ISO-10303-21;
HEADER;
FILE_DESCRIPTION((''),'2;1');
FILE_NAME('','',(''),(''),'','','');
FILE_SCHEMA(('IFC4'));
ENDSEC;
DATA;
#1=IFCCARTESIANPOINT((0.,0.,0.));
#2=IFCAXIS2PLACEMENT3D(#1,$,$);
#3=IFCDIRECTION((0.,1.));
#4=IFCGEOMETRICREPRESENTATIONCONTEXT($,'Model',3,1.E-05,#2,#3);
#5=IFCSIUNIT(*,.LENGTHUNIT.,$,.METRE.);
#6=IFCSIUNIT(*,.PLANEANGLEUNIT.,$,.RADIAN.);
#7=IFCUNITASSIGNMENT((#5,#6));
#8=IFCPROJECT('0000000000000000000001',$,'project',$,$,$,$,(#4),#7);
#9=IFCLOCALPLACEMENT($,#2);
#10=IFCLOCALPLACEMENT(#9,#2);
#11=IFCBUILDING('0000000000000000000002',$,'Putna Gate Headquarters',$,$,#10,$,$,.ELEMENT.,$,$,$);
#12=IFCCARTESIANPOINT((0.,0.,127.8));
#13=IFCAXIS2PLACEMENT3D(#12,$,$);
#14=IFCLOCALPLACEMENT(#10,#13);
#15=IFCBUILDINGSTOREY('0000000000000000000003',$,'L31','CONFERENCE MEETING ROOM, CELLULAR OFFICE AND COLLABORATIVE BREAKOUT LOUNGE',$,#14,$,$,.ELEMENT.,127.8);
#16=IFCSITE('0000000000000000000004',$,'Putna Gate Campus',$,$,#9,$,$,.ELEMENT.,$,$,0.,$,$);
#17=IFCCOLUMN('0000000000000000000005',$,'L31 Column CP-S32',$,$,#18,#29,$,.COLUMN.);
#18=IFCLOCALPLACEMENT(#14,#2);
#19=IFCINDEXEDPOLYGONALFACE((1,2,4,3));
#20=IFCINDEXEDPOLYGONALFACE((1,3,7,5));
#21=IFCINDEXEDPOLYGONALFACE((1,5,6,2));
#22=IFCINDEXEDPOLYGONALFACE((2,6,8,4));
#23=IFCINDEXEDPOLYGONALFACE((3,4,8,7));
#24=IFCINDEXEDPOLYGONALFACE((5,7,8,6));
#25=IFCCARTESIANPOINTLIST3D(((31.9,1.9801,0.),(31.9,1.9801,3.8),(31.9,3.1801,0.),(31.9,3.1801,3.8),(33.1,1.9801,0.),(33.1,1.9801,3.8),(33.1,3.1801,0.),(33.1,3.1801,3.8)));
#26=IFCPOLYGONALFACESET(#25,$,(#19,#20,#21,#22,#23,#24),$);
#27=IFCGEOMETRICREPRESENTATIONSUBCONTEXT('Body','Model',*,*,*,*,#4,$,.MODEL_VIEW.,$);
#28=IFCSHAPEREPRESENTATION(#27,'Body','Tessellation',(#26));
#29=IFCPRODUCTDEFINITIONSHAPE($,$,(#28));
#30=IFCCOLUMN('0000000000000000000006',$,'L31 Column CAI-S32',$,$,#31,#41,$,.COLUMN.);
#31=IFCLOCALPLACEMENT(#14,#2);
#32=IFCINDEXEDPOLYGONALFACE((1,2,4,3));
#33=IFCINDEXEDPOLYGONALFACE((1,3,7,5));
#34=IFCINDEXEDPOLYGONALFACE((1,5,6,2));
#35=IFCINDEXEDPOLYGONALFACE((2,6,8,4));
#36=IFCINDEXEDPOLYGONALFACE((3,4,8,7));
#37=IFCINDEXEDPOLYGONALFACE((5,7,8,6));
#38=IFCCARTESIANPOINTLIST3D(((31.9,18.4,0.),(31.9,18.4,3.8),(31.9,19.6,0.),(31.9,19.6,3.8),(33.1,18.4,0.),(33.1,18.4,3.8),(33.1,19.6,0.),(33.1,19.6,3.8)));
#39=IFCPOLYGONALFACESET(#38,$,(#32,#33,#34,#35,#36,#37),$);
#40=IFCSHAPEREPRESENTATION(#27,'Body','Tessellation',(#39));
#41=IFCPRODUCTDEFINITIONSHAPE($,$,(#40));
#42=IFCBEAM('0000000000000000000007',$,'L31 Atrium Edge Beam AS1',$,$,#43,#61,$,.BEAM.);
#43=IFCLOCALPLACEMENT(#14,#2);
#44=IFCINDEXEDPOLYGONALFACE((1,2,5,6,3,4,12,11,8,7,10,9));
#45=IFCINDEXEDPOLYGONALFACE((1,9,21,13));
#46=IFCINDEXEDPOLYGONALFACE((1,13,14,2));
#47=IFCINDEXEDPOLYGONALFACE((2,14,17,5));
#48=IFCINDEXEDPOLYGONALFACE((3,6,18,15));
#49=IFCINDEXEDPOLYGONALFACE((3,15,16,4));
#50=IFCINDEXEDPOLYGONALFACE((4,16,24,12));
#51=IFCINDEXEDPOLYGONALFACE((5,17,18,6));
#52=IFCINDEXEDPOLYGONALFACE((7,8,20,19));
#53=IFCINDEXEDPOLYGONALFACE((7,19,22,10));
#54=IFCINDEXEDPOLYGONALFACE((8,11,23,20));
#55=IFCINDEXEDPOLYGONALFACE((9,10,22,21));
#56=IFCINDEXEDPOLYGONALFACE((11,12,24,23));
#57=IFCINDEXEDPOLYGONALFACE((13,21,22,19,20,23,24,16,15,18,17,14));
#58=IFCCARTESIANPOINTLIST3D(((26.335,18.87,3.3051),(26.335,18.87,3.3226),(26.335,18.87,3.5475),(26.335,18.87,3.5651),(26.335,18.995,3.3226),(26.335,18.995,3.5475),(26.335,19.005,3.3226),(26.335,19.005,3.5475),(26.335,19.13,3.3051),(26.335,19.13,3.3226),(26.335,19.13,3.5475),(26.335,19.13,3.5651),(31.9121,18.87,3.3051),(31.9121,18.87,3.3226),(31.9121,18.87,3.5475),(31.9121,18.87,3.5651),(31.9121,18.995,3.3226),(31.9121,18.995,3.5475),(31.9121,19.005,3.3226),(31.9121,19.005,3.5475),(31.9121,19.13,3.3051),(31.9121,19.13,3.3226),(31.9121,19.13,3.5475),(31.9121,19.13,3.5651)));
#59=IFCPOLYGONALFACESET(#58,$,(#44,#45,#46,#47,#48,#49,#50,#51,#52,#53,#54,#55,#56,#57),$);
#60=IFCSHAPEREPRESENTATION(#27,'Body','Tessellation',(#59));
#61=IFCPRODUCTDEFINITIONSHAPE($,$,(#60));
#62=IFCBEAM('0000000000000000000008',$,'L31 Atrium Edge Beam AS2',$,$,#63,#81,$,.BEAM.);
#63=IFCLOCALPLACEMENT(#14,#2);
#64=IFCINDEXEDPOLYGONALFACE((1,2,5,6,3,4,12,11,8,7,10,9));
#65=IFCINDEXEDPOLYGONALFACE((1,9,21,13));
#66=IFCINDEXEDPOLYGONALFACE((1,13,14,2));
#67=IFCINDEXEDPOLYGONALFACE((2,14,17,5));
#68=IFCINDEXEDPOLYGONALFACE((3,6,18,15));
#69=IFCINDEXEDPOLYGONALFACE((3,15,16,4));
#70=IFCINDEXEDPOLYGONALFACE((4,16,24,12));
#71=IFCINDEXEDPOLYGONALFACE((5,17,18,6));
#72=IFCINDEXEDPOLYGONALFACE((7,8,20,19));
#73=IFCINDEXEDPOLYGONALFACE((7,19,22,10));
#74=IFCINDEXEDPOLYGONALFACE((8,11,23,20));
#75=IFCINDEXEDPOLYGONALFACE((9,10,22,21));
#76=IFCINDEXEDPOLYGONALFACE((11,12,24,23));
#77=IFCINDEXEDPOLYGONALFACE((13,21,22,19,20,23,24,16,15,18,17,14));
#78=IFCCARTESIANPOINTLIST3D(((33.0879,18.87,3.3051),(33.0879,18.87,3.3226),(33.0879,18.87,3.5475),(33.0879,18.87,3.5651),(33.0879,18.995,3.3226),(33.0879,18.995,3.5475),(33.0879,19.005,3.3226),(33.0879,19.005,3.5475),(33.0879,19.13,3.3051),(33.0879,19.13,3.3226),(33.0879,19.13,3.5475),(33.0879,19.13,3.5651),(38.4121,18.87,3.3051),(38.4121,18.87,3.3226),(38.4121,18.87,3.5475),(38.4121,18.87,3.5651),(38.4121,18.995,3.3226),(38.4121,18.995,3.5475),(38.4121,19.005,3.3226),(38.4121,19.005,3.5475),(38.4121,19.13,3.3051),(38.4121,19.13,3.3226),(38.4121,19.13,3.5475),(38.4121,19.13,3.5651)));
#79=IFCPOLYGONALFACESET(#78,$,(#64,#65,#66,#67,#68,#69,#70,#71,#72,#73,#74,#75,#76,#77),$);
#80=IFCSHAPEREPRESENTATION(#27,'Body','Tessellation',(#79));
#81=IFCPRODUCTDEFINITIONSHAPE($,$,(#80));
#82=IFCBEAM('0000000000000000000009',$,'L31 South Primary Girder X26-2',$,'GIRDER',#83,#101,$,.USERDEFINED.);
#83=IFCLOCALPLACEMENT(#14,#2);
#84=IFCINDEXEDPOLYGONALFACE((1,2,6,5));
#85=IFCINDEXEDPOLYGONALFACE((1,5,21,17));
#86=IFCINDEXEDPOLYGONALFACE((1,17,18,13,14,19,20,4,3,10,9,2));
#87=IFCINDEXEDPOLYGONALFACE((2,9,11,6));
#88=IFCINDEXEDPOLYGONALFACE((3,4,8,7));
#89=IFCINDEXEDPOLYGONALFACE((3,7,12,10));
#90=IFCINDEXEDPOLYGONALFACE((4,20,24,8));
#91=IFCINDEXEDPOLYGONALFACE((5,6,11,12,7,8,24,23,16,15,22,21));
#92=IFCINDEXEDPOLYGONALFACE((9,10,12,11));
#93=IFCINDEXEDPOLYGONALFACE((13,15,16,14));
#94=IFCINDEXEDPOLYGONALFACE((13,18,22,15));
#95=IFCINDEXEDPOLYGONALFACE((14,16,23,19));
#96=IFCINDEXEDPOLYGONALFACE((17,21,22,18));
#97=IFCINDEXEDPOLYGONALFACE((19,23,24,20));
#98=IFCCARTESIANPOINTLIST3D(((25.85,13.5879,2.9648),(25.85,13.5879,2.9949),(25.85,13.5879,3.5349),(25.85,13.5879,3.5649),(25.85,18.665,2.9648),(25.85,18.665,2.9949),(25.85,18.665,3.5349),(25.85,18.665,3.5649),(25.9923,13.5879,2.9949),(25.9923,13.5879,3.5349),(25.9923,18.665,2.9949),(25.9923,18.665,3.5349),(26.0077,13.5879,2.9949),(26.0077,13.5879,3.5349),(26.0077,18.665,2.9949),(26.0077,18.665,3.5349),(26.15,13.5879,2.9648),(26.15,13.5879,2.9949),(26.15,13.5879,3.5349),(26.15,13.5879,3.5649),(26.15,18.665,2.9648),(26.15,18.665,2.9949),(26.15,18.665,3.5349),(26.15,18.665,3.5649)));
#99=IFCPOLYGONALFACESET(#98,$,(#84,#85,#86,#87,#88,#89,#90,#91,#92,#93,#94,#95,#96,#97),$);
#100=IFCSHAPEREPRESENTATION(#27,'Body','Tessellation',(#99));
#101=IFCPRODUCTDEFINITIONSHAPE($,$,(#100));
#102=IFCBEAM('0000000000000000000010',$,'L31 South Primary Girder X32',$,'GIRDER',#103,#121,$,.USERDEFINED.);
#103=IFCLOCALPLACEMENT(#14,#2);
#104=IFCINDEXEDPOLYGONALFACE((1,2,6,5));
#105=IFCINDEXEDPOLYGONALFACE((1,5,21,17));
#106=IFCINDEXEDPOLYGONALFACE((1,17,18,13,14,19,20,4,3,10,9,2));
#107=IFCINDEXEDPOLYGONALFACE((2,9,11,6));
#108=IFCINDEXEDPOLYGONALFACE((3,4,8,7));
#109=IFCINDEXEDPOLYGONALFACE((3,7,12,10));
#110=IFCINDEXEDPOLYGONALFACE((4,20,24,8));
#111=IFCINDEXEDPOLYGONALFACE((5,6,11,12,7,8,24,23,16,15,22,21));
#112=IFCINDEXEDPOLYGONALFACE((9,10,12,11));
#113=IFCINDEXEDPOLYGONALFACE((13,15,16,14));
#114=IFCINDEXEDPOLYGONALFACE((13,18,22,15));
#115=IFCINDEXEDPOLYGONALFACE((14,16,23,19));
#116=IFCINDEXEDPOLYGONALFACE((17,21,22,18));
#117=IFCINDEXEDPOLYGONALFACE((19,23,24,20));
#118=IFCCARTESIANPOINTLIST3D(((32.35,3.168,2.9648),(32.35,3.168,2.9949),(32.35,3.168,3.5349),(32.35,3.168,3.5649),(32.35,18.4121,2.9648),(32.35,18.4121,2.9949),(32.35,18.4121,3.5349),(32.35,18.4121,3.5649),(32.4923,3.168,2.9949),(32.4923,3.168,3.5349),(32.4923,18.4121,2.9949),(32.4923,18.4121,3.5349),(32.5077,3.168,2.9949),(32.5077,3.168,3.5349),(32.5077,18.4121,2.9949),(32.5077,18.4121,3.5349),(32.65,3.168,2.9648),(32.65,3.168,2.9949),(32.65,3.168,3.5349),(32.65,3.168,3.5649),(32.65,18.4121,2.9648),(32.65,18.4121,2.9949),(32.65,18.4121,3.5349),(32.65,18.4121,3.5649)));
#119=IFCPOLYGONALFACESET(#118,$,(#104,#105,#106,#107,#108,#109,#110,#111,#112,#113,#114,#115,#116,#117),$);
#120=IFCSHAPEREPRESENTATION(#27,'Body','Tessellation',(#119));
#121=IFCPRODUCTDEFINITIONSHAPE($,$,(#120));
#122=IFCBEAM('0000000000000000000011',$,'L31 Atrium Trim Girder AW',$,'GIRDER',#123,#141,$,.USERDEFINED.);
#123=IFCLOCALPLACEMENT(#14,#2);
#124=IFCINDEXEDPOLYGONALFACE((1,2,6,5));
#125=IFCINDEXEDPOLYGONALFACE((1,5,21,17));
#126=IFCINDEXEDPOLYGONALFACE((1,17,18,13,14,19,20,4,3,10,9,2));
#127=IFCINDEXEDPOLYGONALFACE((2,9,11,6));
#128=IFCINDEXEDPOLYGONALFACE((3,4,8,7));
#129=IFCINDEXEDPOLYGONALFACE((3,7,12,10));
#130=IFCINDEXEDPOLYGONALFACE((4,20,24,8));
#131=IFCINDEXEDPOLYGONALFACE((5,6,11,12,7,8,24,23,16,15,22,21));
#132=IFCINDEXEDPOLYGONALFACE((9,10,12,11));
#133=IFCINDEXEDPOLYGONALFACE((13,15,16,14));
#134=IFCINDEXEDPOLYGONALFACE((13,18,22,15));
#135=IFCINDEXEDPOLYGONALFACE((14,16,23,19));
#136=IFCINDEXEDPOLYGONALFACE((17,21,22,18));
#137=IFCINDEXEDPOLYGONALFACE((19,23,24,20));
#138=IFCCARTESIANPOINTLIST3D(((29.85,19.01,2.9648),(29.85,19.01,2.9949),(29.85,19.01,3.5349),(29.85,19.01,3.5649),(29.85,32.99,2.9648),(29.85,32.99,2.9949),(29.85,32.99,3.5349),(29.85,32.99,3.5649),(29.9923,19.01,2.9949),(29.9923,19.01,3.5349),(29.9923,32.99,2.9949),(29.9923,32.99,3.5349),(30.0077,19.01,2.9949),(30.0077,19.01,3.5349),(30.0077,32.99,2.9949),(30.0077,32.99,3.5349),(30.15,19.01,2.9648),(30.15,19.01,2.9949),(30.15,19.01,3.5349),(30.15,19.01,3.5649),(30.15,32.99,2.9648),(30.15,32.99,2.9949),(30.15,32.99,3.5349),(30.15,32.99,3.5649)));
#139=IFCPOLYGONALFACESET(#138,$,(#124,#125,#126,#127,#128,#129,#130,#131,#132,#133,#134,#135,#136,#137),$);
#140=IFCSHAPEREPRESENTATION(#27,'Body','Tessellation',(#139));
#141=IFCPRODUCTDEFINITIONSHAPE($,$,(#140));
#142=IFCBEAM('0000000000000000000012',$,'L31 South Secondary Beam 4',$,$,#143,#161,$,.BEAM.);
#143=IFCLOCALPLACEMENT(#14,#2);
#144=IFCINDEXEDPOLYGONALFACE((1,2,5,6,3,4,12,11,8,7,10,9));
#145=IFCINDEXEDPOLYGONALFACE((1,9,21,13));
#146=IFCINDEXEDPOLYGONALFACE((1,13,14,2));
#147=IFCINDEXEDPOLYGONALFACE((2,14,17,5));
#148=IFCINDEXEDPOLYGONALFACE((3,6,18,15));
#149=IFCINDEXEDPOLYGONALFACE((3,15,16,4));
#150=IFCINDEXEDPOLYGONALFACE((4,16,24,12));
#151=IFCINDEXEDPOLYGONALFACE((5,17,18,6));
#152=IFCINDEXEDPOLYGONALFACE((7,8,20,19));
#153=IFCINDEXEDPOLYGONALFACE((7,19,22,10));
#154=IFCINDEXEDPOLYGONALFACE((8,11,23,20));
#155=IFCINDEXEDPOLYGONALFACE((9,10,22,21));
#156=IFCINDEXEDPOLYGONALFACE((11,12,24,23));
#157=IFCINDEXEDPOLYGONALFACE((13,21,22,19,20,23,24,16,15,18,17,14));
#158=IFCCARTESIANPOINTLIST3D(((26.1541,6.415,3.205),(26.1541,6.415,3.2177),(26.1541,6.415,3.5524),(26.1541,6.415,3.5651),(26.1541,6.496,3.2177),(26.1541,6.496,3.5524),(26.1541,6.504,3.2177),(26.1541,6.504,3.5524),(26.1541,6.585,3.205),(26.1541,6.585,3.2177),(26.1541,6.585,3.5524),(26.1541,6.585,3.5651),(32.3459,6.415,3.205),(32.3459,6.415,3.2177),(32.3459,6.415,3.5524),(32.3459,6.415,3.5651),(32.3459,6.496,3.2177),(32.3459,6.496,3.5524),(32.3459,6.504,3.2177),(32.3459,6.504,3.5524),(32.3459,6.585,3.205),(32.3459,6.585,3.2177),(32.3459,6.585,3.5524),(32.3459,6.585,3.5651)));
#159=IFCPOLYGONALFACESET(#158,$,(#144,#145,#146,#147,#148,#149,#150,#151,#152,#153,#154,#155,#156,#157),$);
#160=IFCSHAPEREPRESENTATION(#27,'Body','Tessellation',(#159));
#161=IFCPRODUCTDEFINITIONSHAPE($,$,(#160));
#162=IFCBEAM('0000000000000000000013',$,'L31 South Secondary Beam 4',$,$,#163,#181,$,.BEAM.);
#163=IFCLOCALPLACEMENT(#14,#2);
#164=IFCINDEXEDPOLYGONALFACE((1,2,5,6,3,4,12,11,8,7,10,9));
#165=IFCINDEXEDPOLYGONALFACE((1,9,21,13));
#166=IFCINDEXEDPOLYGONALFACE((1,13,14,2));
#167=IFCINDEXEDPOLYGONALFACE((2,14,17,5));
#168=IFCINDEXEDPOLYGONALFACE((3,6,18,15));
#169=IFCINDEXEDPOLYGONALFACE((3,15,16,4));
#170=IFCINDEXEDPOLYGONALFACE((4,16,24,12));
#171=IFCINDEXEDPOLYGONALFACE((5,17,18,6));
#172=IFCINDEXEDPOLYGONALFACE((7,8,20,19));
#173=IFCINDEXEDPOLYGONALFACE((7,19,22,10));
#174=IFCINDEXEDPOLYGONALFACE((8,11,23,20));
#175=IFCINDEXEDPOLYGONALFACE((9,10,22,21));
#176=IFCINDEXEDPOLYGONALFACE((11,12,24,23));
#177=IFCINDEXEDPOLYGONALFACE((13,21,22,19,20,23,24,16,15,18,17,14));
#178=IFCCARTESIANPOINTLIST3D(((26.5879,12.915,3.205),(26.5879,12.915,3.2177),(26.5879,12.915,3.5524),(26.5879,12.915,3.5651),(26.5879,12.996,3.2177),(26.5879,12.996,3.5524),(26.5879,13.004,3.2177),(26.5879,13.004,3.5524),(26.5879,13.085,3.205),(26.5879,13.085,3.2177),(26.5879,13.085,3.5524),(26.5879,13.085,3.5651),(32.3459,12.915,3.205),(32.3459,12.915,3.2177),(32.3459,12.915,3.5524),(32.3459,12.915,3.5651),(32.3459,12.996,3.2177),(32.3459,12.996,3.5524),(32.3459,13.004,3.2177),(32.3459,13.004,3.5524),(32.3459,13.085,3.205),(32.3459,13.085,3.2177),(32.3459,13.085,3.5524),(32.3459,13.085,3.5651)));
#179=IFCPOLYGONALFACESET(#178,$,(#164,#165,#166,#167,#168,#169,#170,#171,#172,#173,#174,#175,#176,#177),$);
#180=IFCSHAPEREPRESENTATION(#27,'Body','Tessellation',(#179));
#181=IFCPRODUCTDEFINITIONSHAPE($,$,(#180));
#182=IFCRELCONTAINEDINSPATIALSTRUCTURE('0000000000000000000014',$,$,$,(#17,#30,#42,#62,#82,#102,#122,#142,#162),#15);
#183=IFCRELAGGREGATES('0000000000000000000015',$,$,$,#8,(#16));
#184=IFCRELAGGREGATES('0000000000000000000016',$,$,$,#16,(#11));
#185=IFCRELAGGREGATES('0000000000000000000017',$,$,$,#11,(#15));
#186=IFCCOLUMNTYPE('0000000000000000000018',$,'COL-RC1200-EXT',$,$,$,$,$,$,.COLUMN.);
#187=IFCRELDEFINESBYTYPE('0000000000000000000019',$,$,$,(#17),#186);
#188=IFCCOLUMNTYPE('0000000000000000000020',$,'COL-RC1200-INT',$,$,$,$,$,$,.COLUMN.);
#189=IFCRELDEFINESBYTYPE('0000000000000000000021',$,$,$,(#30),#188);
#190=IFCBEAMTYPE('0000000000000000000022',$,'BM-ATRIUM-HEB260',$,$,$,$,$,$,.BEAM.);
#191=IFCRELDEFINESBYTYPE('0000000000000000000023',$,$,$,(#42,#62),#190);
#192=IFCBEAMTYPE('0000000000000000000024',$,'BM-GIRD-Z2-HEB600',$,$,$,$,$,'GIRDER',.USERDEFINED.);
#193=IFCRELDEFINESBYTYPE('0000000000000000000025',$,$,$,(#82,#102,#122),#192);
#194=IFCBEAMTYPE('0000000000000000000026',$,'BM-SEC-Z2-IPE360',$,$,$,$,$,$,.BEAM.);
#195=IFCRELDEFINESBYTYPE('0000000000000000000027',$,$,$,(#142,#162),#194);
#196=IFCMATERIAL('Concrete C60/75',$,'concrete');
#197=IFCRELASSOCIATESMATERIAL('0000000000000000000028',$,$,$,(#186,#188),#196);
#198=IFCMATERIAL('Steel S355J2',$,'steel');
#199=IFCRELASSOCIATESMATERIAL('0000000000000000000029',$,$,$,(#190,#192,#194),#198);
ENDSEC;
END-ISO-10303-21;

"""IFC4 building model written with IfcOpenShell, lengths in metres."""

from ifc_helpers import new_model, si_unit, direction, frame, origin, origin_2d, place, context, subcontext, project, spatial, rectangle, i_section, extrude, material, material_profile, profile_set, type_object, element, save


model = new_model("IFC4")

# Units and contexts
model_context = context("Model", 3, precision=1e-05, world=origin(), true_north=direction((0.0, 1.0)))
body_context = subcontext(model_context, "Body", "Model", "MODEL_VIEW")
ifc_project = project(units=[si_unit("LENGTHUNIT", "METRE"), si_unit("PLANEANGLEUNIT", "RADIAN")], contexts=[model_context])

# Site, building, storey
site_placement = place(None, origin())
site = spatial("IfcSite", under=ifc_project, at=site_placement, Name="Putna Gate Campus", CompositionType="ELEMENT", RefElevation=0.0)
building_placement = place(site_placement, origin())
building = spatial("IfcBuilding", under=site, at=building_placement, Name="Putna Gate Headquarters", CompositionType="ELEMENT")
storey_placement = place(building_placement, frame((0.0, 0.0, 127.8)))
storey = spatial("IfcBuildingStorey", under=building, at=storey_placement, Name="L31", Description="CONFERENCE MEETING ROOM, CELLULAR OFFICE AND COLLABORATIVE BREAKOUT LOUNGE", CompositionType="ELEMENT", Elevation=127.8)

# Columns
ifc_material_1 = material(Name="Concrete C60/75", Category="concrete")
ifc_material_profile_1 = material_profile(ifc_material_1, rectangle(XDim=1.2, YDim=1.2, at=origin_2d()), Name="Concrete C60/75")
ifc_profile_set_1 = profile_set([ifc_material_profile_1], Name="Concrete C60/75")
column_type_1 = type_object("IfcColumnType", Name="COL-RC1200-EXT", PredefinedType="COLUMN", material=ifc_profile_set_1)
column_1_placement = place(storey_placement, frame((32.5, 2.5801, 0.0), z_axis=(0.0, 0.0, 1.0), x_axis=(1.0, 0.0, 0.0)))
element("IfcColumn", 1, at=column_1_placement, inside=storey, type_object=column_type_1, Name="L31 Column CP-S32", PredefinedType="COLUMN", context=body_context, shape_type="SweptSolid", body=[
    extrude(rectangle(XDim=1.2, YDim=1.2, at=origin_2d()), origin(), (0.0, 0.0, 1.0), 3.8),
])
ifc_material_profile_2 = material_profile(ifc_material_1, rectangle(XDim=1.2, YDim=1.2, at=origin_2d()), Name="Concrete C60/75")
ifc_profile_set_2 = profile_set([ifc_material_profile_2], Name="Concrete C60/75")
column_type_2 = type_object("IfcColumnType", Name="COL-RC1200-INT", PredefinedType="COLUMN", material=ifc_profile_set_2)
column_2_placement = place(storey_placement, frame((32.5, 19.0, 0.0), z_axis=(0.0, 0.0, 1.0), x_axis=(1.0, 0.0, 0.0)))
element("IfcColumn", 2, at=column_2_placement, inside=storey, type_object=column_type_2, Name="L31 Column CAI-S32", PredefinedType="COLUMN", context=body_context, shape_type="SweptSolid", body=[
    extrude(rectangle(XDim=1.2, YDim=1.2, at=origin_2d()), origin(), (0.0, 0.0, 1.0), 3.8),
])

# Beams
ifc_material_2 = material(Name="Steel S355J2", Category="steel")
ifc_material_profile_3 = material_profile(ifc_material_2, i_section(OverallWidth=0.26, OverallDepth=0.26, WebThickness=0.01, FlangeThickness=0.0176, at=origin_2d()), Name="Steel S355J2")
ifc_profile_set_3 = profile_set([ifc_material_profile_3], Name="Steel S355J2")
beam_type_1 = type_object("IfcBeamType", Name="BM-ATRIUM-HEB260", PredefinedType="BEAM", material=ifc_profile_set_3)
beam_1_placement = place(storey_placement, frame((26.335, 19.0, 3.4351), z_axis=(1.0, 0.0, 0.0), x_axis=(0.0, 1.0, 0.0)))
element("IfcBeam", 3, at=beam_1_placement, inside=storey, type_object=beam_type_1, Name="L31 Atrium Edge Beam AS1", PredefinedType="BEAM", context=body_context, shape_type="SweptSolid", body=[
    extrude(i_section(OverallWidth=0.26, OverallDepth=0.26, WebThickness=0.01, FlangeThickness=0.0176, at=origin_2d()), origin(), (0.0, 0.0, 1.0), 5.5771),
])
beam_2_placement = place(storey_placement, frame((33.0879, 19.0, 3.4351), z_axis=(1.0, 0.0, 0.0), x_axis=(0.0, 1.0, 0.0)))
element("IfcBeam", 4, at=beam_2_placement, inside=storey, type_object=beam_type_1, Name="L31 Atrium Edge Beam AS2", PredefinedType="BEAM", context=body_context, shape_type="SweptSolid", body=[
    extrude(i_section(OverallWidth=0.26, OverallDepth=0.26, WebThickness=0.01, FlangeThickness=0.0176, at=origin_2d()), origin(), (0.0, 0.0, 1.0), 5.3242),
])
ifc_material_profile_4 = material_profile(ifc_material_2, i_section(OverallWidth=0.3, OverallDepth=0.6001, WebThickness=0.0154, FlangeThickness=0.03, at=origin_2d()), Name="Steel S355J2")
ifc_profile_set_4 = profile_set([ifc_material_profile_4], Name="Steel S355J2")
beam_type_2 = type_object("IfcBeamType", Name="BM-GIRD-Z2-HEB600", ElementType="GIRDER", PredefinedType="USERDEFINED", material=ifc_profile_set_4)
beam_3_placement = place(storey_placement, frame((26.0, 13.5879, 3.2649), z_axis=(0.0, 1.0, 0.0), x_axis=(-1.0, 0.0, 0.0)))
element("IfcBeam", 5, at=beam_3_placement, inside=storey, type_object=beam_type_2, Name="L31 South Primary Girder X26-2", ObjectType="GIRDER", PredefinedType="USERDEFINED", context=body_context, shape_type="SweptSolid", body=[
    extrude(i_section(OverallWidth=0.3, OverallDepth=0.6001, WebThickness=0.0154, FlangeThickness=0.03, at=origin_2d()), origin(), (0.0, 0.0, 1.0), 5.0771),
])
beam_4_placement = place(storey_placement, frame((32.5, 3.168, 3.2649), z_axis=(0.0, 1.0, 0.0), x_axis=(-1.0, 0.0, 0.0)))
element("IfcBeam", 6, at=beam_4_placement, inside=storey, type_object=beam_type_2, Name="L31 South Primary Girder X32", ObjectType="GIRDER", PredefinedType="USERDEFINED", context=body_context, shape_type="SweptSolid", body=[
    extrude(i_section(OverallWidth=0.3, OverallDepth=0.6001, WebThickness=0.0154, FlangeThickness=0.03, at=origin_2d()), origin(), (0.0, 0.0, 1.0), 15.2441),
])
beam_5_placement = place(storey_placement, frame((30.0, 19.01, 3.2649), z_axis=(0.0, 1.0, 0.0), x_axis=(-1.0, 0.0, 0.0)))
element("IfcBeam", 7, at=beam_5_placement, inside=storey, type_object=beam_type_2, Name="L31 Atrium Trim Girder AW", ObjectType="GIRDER", PredefinedType="USERDEFINED", context=body_context, shape_type="SweptSolid", body=[
    extrude(i_section(OverallWidth=0.3, OverallDepth=0.6001, WebThickness=0.0154, FlangeThickness=0.03, at=origin_2d()), origin(), (0.0, 0.0, 1.0), 13.98),
])
ifc_material_profile_5 = material_profile(ifc_material_2, i_section(OverallWidth=0.1699, OverallDepth=0.3601, WebThickness=0.0081, FlangeThickness=0.0127, at=origin_2d()), Name="Steel S355J2")
ifc_profile_set_5 = profile_set([ifc_material_profile_5], Name="Steel S355J2")
beam_type_3 = type_object("IfcBeamType", Name="BM-SEC-Z2-IPE360", PredefinedType="BEAM", material=ifc_profile_set_5)
beam_6_placement = place(storey_placement, frame((26.1541, 6.5, 3.385), z_axis=(1.0, 0.0, 0.0), x_axis=(0.0, 1.0, 0.0)))
element("IfcBeam", 8, at=beam_6_placement, inside=storey, type_object=beam_type_3, Name="L31 South Secondary Beam 4", PredefinedType="BEAM", context=body_context, shape_type="SweptSolid", body=[
    extrude(i_section(OverallWidth=0.1699, OverallDepth=0.3601, WebThickness=0.0081, FlangeThickness=0.0127, at=origin_2d()), origin(), (0.0, 0.0, 1.0), 6.1919),
])
beam_7_placement = place(storey_placement, frame((26.5879, 13.0, 3.385), z_axis=(1.0, 0.0, 0.0), x_axis=(0.0, 1.0, 0.0)))
element("IfcBeam", 9, at=beam_7_placement, inside=storey, type_object=beam_type_3, Name="L31 South Secondary Beam 4", PredefinedType="BEAM", context=body_context, shape_type="SweptSolid", body=[
    extrude(i_section(OverallWidth=0.1699, OverallDepth=0.3601, WebThickness=0.0081, FlangeThickness=0.0127, at=origin_2d()), origin(), (0.0, 0.0, 1.0), 5.7581),
])

save(model, "model.ifc")
